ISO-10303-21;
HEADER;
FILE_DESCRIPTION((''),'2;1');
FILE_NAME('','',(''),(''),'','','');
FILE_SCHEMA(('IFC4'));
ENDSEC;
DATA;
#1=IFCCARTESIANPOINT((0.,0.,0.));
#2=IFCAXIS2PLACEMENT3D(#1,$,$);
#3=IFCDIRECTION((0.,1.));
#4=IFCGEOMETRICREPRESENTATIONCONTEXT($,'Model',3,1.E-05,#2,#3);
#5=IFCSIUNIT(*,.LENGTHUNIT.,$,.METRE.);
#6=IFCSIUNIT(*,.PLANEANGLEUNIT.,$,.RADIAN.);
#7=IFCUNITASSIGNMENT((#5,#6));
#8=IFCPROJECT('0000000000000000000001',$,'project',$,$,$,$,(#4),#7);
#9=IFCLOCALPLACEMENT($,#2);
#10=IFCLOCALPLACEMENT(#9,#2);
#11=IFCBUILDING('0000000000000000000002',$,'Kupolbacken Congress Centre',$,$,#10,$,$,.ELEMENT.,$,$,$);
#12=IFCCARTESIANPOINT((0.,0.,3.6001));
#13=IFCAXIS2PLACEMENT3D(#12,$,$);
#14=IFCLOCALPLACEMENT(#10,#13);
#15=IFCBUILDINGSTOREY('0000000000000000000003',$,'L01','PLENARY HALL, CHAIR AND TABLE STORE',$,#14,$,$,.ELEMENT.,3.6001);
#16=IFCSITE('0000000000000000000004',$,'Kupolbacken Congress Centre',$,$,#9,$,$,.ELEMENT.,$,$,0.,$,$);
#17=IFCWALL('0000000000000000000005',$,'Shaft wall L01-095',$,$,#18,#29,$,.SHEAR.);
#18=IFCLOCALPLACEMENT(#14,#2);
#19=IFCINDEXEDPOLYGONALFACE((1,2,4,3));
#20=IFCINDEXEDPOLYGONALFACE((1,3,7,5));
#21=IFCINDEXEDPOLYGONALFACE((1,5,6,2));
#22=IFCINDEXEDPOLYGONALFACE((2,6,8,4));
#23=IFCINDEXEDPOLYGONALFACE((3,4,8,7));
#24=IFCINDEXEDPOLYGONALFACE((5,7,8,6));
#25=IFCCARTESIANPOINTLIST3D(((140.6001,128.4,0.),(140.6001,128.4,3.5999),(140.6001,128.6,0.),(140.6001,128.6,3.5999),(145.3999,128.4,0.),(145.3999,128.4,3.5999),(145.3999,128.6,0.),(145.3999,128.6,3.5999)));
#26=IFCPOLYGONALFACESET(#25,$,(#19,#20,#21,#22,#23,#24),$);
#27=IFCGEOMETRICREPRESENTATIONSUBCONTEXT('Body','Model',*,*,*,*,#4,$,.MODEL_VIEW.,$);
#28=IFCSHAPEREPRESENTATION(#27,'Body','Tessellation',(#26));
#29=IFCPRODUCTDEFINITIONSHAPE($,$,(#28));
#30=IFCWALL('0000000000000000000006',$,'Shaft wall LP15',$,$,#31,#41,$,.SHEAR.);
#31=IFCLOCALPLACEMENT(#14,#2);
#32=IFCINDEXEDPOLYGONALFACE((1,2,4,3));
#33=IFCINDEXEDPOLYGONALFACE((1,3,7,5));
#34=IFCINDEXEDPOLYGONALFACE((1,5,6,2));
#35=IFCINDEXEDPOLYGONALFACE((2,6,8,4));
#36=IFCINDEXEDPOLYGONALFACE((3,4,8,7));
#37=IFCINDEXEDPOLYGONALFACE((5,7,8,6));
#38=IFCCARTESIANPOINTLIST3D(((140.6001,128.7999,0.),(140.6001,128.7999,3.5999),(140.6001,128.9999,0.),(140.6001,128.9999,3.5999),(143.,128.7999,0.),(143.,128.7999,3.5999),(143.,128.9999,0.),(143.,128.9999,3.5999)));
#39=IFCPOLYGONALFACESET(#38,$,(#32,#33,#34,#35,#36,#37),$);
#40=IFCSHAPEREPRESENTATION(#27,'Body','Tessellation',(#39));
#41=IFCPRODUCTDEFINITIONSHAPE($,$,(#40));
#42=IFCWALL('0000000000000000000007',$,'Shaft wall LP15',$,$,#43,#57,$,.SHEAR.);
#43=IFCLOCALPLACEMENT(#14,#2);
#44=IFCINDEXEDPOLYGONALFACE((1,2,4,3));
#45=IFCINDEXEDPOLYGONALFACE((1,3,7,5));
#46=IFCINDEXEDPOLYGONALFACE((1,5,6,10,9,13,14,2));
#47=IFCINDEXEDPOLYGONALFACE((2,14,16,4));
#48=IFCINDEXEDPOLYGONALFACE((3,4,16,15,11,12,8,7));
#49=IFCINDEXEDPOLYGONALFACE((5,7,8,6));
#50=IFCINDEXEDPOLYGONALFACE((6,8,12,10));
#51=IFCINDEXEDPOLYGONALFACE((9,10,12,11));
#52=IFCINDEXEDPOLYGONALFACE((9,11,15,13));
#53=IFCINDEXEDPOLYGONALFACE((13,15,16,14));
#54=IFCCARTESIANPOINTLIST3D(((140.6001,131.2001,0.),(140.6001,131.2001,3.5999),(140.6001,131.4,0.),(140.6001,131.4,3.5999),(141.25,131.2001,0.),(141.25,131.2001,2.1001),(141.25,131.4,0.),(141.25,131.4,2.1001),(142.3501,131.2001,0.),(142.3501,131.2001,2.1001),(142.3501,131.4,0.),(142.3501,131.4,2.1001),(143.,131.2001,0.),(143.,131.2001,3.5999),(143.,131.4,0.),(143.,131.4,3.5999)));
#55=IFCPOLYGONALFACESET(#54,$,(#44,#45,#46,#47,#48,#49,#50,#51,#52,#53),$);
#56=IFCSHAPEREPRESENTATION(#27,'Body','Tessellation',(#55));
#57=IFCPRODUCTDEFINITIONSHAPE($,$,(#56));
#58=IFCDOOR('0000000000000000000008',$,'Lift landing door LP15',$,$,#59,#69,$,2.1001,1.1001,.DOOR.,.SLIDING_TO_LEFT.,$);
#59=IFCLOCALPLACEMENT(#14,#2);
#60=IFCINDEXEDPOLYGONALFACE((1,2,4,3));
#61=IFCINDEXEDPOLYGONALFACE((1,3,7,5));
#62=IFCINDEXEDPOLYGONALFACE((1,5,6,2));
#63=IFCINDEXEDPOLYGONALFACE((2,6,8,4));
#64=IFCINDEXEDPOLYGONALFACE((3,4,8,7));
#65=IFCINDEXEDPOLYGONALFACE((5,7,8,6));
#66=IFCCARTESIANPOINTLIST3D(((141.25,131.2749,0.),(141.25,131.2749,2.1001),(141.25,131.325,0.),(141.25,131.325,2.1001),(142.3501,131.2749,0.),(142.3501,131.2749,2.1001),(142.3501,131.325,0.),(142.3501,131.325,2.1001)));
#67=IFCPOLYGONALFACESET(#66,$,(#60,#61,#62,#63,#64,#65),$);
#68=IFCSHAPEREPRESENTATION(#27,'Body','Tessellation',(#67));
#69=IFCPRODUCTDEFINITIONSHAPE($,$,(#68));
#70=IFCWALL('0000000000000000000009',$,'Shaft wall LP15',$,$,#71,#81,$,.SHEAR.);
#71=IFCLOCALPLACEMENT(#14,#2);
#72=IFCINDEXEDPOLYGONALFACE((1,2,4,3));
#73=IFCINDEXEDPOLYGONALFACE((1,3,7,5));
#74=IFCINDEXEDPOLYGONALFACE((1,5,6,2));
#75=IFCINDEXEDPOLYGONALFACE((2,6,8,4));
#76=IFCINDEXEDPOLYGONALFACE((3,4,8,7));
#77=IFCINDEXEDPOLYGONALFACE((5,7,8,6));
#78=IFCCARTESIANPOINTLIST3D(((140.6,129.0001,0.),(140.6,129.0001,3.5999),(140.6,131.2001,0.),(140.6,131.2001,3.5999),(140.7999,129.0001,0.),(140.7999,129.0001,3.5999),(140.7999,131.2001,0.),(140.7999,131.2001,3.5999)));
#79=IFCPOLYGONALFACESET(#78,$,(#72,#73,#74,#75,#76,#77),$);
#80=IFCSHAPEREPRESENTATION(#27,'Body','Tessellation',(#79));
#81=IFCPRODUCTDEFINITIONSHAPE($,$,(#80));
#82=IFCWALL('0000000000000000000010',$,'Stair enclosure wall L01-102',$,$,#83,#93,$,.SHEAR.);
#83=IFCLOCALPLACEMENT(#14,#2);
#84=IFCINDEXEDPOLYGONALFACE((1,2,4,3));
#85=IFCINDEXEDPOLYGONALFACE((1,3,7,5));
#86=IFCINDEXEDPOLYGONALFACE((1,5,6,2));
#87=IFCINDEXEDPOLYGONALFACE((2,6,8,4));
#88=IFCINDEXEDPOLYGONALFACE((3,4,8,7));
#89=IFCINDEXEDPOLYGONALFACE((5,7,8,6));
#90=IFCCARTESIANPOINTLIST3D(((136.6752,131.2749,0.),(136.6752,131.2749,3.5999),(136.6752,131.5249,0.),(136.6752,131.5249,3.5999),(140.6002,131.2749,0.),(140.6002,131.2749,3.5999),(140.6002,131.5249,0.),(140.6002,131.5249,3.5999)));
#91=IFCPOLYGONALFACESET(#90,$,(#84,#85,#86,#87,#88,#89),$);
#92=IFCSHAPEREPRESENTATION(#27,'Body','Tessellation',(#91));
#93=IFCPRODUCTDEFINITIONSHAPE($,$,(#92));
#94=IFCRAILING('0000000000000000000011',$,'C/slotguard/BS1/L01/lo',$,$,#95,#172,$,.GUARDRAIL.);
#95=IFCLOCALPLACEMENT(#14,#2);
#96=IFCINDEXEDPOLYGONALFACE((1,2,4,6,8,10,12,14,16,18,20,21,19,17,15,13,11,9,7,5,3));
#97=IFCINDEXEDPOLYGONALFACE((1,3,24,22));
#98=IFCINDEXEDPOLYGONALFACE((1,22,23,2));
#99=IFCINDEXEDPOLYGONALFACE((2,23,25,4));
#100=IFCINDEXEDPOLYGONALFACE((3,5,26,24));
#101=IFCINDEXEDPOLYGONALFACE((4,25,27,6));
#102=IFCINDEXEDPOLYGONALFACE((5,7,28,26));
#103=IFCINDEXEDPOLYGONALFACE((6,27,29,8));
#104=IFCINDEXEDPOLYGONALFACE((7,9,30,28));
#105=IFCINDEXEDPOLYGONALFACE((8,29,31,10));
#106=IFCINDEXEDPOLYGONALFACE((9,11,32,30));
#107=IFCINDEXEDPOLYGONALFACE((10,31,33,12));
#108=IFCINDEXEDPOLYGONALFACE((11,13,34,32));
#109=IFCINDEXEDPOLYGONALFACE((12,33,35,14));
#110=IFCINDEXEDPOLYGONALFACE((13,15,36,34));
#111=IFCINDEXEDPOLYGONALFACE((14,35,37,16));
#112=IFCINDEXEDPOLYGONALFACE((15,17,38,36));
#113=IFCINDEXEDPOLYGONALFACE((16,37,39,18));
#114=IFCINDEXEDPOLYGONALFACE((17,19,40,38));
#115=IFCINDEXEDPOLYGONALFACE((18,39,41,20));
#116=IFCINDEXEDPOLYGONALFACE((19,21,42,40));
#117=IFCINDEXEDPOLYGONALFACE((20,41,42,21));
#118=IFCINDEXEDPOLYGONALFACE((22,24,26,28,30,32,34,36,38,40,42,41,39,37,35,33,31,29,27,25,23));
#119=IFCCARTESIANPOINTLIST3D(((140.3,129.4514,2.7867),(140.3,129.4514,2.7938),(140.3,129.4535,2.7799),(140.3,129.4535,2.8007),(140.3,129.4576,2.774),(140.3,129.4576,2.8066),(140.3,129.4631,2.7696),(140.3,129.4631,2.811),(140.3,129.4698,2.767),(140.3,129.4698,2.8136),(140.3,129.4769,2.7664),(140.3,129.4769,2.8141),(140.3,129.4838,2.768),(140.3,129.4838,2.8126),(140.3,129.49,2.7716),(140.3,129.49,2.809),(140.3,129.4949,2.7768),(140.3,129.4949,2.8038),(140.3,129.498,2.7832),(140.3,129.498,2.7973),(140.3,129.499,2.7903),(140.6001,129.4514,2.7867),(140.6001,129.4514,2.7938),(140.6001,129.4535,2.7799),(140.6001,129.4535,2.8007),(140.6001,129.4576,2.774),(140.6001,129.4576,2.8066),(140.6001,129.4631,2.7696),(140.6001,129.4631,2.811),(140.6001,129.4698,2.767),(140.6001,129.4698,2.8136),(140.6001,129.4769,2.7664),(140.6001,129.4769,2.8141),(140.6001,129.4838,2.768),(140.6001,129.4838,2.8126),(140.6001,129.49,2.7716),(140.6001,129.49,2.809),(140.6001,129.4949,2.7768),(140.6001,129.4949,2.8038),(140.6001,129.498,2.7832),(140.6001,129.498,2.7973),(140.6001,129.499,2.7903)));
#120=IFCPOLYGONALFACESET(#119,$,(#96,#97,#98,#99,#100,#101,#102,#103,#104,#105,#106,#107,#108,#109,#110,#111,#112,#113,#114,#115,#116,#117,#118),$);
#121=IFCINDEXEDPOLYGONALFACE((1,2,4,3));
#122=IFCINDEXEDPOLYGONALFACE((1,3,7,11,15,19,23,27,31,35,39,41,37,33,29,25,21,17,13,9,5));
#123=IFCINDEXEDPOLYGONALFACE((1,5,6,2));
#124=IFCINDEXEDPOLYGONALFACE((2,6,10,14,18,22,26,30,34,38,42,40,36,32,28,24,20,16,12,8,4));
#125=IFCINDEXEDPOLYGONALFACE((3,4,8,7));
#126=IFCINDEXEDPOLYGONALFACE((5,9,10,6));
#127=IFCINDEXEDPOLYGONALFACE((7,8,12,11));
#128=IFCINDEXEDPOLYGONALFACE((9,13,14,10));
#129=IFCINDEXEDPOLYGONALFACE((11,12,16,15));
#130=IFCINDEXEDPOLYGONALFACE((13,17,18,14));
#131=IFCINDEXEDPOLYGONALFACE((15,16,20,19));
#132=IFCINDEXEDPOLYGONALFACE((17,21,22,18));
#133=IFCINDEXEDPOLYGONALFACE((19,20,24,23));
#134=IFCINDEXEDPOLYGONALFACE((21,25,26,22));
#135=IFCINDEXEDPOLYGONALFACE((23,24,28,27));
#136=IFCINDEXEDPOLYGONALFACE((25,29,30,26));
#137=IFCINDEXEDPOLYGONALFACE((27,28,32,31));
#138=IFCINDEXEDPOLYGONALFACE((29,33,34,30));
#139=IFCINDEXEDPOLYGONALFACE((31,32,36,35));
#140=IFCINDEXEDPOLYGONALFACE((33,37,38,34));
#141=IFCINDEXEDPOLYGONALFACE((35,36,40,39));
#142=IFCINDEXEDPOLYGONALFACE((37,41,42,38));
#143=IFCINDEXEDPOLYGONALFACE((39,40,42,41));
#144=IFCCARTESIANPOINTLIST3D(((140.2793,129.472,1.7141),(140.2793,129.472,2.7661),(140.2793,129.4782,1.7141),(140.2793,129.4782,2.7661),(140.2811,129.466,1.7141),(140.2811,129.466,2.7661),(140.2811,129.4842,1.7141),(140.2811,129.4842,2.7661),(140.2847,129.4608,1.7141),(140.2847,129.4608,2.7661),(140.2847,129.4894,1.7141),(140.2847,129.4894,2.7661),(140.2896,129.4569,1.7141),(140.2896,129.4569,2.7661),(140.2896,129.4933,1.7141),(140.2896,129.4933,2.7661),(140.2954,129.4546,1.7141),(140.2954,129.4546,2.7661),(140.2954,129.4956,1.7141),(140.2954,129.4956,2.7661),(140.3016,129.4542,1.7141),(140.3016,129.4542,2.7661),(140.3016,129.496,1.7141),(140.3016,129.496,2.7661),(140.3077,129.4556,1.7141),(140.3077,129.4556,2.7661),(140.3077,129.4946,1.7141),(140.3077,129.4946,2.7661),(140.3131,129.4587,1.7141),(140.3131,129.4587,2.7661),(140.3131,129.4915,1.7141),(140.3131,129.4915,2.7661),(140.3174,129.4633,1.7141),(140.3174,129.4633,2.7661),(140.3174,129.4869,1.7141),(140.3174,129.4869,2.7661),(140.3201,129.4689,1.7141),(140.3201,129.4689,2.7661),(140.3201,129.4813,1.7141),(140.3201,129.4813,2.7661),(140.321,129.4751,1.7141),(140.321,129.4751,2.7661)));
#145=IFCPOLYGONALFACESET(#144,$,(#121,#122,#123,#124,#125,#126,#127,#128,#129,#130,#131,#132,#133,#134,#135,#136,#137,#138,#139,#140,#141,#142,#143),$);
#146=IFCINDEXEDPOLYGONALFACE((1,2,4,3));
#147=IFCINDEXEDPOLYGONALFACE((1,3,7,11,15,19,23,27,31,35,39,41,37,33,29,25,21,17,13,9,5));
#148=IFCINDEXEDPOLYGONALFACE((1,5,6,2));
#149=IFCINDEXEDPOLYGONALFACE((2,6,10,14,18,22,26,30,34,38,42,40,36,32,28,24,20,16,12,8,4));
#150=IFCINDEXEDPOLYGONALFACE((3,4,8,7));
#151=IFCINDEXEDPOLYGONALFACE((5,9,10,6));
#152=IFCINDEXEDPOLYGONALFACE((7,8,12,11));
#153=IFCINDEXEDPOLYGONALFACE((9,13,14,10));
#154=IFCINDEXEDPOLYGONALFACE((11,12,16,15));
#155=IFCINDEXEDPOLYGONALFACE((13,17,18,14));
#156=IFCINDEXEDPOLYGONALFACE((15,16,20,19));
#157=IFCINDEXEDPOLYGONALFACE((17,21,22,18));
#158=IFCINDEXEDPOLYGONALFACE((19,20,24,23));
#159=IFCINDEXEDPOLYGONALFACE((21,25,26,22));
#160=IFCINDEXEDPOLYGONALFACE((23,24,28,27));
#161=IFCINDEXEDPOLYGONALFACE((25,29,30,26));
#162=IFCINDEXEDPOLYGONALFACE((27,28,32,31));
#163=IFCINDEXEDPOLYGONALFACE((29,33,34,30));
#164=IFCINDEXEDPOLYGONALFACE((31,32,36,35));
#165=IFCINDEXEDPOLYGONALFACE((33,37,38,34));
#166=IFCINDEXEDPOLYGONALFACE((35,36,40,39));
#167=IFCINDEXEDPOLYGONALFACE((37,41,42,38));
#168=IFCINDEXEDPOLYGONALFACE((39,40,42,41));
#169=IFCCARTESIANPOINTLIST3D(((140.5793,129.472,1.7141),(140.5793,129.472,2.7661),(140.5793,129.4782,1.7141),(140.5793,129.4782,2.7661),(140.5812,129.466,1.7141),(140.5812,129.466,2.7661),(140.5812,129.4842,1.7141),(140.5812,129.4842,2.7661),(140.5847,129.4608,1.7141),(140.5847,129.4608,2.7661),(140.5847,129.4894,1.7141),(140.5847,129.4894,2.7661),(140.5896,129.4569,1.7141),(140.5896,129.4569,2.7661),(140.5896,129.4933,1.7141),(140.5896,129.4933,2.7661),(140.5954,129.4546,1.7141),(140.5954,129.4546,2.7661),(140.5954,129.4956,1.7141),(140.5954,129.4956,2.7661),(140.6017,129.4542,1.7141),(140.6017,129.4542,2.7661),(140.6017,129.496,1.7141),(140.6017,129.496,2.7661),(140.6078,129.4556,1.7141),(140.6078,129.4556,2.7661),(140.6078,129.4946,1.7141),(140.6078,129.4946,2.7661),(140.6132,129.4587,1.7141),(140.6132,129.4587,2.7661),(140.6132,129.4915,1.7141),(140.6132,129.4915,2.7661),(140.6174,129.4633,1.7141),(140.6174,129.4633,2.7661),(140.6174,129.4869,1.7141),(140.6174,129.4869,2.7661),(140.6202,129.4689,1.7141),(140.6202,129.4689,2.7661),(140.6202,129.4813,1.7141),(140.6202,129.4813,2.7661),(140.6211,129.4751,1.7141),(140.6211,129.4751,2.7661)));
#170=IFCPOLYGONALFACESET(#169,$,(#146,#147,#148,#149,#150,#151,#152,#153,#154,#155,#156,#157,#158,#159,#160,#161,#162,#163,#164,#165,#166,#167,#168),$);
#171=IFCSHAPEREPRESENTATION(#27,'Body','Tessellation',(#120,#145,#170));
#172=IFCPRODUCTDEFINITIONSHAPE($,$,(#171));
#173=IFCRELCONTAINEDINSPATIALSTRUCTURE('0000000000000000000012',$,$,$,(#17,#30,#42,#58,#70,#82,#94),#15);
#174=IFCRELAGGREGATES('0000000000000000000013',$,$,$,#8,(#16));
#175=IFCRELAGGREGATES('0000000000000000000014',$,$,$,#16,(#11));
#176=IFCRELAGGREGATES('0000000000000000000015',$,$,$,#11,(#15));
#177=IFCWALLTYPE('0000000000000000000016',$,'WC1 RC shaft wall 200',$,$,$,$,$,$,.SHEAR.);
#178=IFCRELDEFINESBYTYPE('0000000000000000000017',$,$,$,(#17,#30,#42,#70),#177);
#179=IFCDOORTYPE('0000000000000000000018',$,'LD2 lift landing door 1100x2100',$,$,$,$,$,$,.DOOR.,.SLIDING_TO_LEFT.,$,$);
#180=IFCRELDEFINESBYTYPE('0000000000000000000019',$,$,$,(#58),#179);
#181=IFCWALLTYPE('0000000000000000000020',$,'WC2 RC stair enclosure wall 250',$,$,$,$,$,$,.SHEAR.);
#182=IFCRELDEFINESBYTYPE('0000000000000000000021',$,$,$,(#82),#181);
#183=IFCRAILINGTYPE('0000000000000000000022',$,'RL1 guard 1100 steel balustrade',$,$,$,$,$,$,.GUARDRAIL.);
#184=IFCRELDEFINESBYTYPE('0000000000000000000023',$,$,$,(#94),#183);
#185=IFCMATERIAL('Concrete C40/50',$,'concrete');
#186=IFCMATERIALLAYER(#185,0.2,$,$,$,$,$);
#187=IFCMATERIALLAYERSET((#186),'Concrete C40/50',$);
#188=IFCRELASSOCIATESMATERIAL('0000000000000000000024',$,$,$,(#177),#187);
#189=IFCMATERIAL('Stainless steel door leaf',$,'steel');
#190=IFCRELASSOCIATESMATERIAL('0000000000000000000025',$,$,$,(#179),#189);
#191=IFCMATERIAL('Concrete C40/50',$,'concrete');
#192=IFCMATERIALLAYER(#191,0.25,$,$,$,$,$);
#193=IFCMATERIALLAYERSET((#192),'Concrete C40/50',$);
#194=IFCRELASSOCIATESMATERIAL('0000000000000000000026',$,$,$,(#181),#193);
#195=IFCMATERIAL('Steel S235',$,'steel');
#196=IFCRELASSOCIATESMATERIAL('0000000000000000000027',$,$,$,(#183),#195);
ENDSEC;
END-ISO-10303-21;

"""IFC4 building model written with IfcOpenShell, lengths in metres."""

from ifc_helpers import new_model, si_unit, direction, frame, frame_2d, origin, origin_2d, place, context, subcontext, project, spatial, rectangle, circle, extrude, material, layer, layer_set, type_object, element, fill, save


model = new_model("IFC4")

# Units and contexts
model_context = context("Model", 3, precision=1e-05, world=origin(), true_north=direction((0.0, 1.0)))
body_context = subcontext(model_context, "Body", "Model", "MODEL_VIEW")
ifc_project = project(units=[si_unit("LENGTHUNIT", "METRE"), si_unit("PLANEANGLEUNIT", "RADIAN")], contexts=[model_context])

# Site, building, storey
site_placement = place(None, origin())
site = spatial("IfcSite", under=ifc_project, at=site_placement, Name="Kupolbacken Congress Centre", CompositionType="ELEMENT", RefElevation=0.0)
building_placement = place(site_placement, origin())
building = spatial("IfcBuilding", under=site, at=building_placement, Name="Kupolbacken Congress Centre", CompositionType="ELEMENT")
storey_placement = place(building_placement, frame((0.0, 0.0, 3.6001)))
storey = spatial("IfcBuildingStorey", under=building, at=storey_placement, Name="L01", Description="PLENARY HALL, CHAIR AND TABLE STORE", CompositionType="ELEMENT", Elevation=3.6001)

# Walls
ifc_material_1 = material(Name="Concrete C40/50", Category="concrete")
ifc_layer_1 = layer(ifc_material_1, 0.2)
ifc_layer_set_1 = layer_set([ifc_layer_1], Name="Concrete C40/50")
wall_type_1 = type_object("IfcWallType", Name="WC1 RC shaft wall 200", PredefinedType="SHEAR", material=ifc_layer_set_1)
wall_1_placement = place(storey_placement, frame((140.6001, 128.5, 0.0), z_axis=(0.0, 0.0, 1.0), x_axis=(1.0, 0.0, 0.0)))
element("IfcWall", 1, at=wall_1_placement, inside=storey, type_object=wall_type_1, Name="Shaft wall L01-095", PredefinedType="SHEAR", context=body_context, shape_type="SweptSolid", body=[
    extrude(rectangle(XDim=4.7998, YDim=0.2, at=frame_2d((2.3999, 0.0))), origin(), (0.0, 0.0, 1.0), 3.5999),
])
wall_2_placement = place(storey_placement, frame((140.6001, 128.8999, 0.0), z_axis=(0.0, 0.0, 1.0), x_axis=(1.0, 0.0, 0.0)))
element("IfcWall", 2, at=wall_2_placement, inside=storey, type_object=wall_type_1, Name="Shaft wall LP15", PredefinedType="SHEAR", context=body_context, shape_type="SweptSolid", body=[
    extrude(rectangle(XDim=2.3999, YDim=0.2, at=frame_2d((1.2, 0.0))), origin(), (0.0, 0.0, 1.0), 3.5999),
])

# Wall, opening, door
wall_3_placement = place(storey_placement, frame((140.6001, 131.3, 0.0), z_axis=(0.0, 0.0, 1.0), x_axis=(1.0, 0.0, 0.0)))
wall_3 = element("IfcWall", 3, at=wall_3_placement, inside=storey, type_object=wall_type_1, Name="Shaft wall LP15", PredefinedType="SHEAR", context=body_context, shape_type="SweptSolid", body=[
    extrude(rectangle(XDim=2.3999, YDim=0.2, at=frame_2d((1.2, 0.0))), origin(), (0.0, 0.0, 1.0), 3.5999),
])
opening_1_placement = place(wall_3_placement, frame((0.6499, 0.0, 0.0)))
opening_1 = element("IfcOpeningElement", 4, at=opening_1_placement, cuts=wall_3, PredefinedType="OPENING", context=body_context, shape_type="SweptSolid", body=[
    extrude(rectangle(XDim=1.1001, YDim=2.1001, at=frame_2d((0.55, 1.05))), frame((0.0, 0.1099, 0.0), z_axis=(0.0, -1.0, 0.0), x_axis=(1.0, 0.0, 0.0)), (0.0, 0.0, 1.0), 0.22),
])
ifc_material_2 = material(Name="Stainless steel door leaf", Category="steel")
door_type_1 = type_object("IfcDoorType", Name="LD2 lift landing door 1100x2100", OperationType="SLIDING_TO_LEFT", PredefinedType="DOOR", material=ifc_material_2)
door_1_placement = place(opening_1_placement, origin())
door_1 = element("IfcDoor", 5, at=door_1_placement, inside=storey, type_object=door_type_1, Name="Lift landing door LP15", OperationType="SLIDING_TO_LEFT", OverallHeight=2.1001, OverallWidth=1.1001, PredefinedType="DOOR", context=body_context, shape_type="SweptSolid", body=[
    extrude(rectangle(XDim=1.1001, YDim=2.1001, at=frame_2d((0.55, 1.05))), frame((0.0, 0.0249, 0.0), z_axis=(0.0, -1.0, 0.0), x_axis=(1.0, 0.0, 0.0)), (0.0, 0.0, 1.0), 0.05),
])
fill(opening_1, door_1)

# Walls
wall_4_placement = place(storey_placement, frame((140.7, 129.0, 0.0), z_axis=(0.0, 0.0, 1.0), x_axis=(0.0, 1.0, 0.0)))
element("IfcWall", 6, at=wall_4_placement, inside=storey, type_object=wall_type_1, Name="Shaft wall LP15", PredefinedType="SHEAR", context=body_context, shape_type="SweptSolid", body=[
    extrude(rectangle(XDim=2.2, YDim=0.2, at=frame_2d((1.1001, 0.0))), origin(), (0.0, 0.0, 1.0), 3.5999),
])
ifc_material_3 = material(Name="Concrete C40/50", Category="concrete")
ifc_layer_2 = layer(ifc_material_3, 0.25)
ifc_layer_set_2 = layer_set([ifc_layer_2], Name="Concrete C40/50")
wall_type_2 = type_object("IfcWallType", Name="WC2 RC stair enclosure wall 250", PredefinedType="SHEAR", material=ifc_layer_set_2)
wall_5_placement = place(storey_placement, frame((140.6001, 131.3999, 0.0), z_axis=(0.0, 0.0, 1.0), x_axis=(-1.0, 0.0, 0.0)))
element("IfcWall", 7, at=wall_5_placement, inside=storey, type_object=wall_type_2, Name="Stair enclosure wall L01-102", PredefinedType="SHEAR", context=body_context, shape_type="SweptSolid", body=[
    extrude(rectangle(XDim=3.925, YDim=0.25, at=frame_2d((1.9624, 0.0))), origin(), (0.0, 0.0, 1.0), 3.5999),
])

# Railing
ifc_material_4 = material(Name="Steel S235", Category="steel")
railing_type_1 = type_object("IfcRailingType", Name="RL1 guard 1100 steel balustrade", PredefinedType="GUARDRAIL", material=ifc_material_4)
railing_placement = place(storey_placement, frame((140.3, 129.4751, 1.7141)))
element("IfcRailing", 8, at=railing_placement, inside=storey, type_object=railing_type_1, Name="C/slotguard/BS1/L01/lo", PredefinedType="GUARDRAIL", context=body_context, shape_type="SweptSolid", body=[
    extrude(circle(Radius=0.0239, at=origin_2d()), frame((0.0, 0.0, 1.0762), z_axis=(1.0, 0.0, 0.0), x_axis=(0.0, 1.0, 0.0)), (0.0, 0.0, 1.0), 0.3),
    extrude(circle(Radius=0.021, at=origin_2d()), origin(), (0.0, 0.0, 1.0), 1.052),
    extrude(circle(Radius=0.021, at=origin_2d()), frame((0.3, 0.0, 0.0)), (0.0, 0.0, 1.0), 1.052),
])

save(model, "model.ifc")
